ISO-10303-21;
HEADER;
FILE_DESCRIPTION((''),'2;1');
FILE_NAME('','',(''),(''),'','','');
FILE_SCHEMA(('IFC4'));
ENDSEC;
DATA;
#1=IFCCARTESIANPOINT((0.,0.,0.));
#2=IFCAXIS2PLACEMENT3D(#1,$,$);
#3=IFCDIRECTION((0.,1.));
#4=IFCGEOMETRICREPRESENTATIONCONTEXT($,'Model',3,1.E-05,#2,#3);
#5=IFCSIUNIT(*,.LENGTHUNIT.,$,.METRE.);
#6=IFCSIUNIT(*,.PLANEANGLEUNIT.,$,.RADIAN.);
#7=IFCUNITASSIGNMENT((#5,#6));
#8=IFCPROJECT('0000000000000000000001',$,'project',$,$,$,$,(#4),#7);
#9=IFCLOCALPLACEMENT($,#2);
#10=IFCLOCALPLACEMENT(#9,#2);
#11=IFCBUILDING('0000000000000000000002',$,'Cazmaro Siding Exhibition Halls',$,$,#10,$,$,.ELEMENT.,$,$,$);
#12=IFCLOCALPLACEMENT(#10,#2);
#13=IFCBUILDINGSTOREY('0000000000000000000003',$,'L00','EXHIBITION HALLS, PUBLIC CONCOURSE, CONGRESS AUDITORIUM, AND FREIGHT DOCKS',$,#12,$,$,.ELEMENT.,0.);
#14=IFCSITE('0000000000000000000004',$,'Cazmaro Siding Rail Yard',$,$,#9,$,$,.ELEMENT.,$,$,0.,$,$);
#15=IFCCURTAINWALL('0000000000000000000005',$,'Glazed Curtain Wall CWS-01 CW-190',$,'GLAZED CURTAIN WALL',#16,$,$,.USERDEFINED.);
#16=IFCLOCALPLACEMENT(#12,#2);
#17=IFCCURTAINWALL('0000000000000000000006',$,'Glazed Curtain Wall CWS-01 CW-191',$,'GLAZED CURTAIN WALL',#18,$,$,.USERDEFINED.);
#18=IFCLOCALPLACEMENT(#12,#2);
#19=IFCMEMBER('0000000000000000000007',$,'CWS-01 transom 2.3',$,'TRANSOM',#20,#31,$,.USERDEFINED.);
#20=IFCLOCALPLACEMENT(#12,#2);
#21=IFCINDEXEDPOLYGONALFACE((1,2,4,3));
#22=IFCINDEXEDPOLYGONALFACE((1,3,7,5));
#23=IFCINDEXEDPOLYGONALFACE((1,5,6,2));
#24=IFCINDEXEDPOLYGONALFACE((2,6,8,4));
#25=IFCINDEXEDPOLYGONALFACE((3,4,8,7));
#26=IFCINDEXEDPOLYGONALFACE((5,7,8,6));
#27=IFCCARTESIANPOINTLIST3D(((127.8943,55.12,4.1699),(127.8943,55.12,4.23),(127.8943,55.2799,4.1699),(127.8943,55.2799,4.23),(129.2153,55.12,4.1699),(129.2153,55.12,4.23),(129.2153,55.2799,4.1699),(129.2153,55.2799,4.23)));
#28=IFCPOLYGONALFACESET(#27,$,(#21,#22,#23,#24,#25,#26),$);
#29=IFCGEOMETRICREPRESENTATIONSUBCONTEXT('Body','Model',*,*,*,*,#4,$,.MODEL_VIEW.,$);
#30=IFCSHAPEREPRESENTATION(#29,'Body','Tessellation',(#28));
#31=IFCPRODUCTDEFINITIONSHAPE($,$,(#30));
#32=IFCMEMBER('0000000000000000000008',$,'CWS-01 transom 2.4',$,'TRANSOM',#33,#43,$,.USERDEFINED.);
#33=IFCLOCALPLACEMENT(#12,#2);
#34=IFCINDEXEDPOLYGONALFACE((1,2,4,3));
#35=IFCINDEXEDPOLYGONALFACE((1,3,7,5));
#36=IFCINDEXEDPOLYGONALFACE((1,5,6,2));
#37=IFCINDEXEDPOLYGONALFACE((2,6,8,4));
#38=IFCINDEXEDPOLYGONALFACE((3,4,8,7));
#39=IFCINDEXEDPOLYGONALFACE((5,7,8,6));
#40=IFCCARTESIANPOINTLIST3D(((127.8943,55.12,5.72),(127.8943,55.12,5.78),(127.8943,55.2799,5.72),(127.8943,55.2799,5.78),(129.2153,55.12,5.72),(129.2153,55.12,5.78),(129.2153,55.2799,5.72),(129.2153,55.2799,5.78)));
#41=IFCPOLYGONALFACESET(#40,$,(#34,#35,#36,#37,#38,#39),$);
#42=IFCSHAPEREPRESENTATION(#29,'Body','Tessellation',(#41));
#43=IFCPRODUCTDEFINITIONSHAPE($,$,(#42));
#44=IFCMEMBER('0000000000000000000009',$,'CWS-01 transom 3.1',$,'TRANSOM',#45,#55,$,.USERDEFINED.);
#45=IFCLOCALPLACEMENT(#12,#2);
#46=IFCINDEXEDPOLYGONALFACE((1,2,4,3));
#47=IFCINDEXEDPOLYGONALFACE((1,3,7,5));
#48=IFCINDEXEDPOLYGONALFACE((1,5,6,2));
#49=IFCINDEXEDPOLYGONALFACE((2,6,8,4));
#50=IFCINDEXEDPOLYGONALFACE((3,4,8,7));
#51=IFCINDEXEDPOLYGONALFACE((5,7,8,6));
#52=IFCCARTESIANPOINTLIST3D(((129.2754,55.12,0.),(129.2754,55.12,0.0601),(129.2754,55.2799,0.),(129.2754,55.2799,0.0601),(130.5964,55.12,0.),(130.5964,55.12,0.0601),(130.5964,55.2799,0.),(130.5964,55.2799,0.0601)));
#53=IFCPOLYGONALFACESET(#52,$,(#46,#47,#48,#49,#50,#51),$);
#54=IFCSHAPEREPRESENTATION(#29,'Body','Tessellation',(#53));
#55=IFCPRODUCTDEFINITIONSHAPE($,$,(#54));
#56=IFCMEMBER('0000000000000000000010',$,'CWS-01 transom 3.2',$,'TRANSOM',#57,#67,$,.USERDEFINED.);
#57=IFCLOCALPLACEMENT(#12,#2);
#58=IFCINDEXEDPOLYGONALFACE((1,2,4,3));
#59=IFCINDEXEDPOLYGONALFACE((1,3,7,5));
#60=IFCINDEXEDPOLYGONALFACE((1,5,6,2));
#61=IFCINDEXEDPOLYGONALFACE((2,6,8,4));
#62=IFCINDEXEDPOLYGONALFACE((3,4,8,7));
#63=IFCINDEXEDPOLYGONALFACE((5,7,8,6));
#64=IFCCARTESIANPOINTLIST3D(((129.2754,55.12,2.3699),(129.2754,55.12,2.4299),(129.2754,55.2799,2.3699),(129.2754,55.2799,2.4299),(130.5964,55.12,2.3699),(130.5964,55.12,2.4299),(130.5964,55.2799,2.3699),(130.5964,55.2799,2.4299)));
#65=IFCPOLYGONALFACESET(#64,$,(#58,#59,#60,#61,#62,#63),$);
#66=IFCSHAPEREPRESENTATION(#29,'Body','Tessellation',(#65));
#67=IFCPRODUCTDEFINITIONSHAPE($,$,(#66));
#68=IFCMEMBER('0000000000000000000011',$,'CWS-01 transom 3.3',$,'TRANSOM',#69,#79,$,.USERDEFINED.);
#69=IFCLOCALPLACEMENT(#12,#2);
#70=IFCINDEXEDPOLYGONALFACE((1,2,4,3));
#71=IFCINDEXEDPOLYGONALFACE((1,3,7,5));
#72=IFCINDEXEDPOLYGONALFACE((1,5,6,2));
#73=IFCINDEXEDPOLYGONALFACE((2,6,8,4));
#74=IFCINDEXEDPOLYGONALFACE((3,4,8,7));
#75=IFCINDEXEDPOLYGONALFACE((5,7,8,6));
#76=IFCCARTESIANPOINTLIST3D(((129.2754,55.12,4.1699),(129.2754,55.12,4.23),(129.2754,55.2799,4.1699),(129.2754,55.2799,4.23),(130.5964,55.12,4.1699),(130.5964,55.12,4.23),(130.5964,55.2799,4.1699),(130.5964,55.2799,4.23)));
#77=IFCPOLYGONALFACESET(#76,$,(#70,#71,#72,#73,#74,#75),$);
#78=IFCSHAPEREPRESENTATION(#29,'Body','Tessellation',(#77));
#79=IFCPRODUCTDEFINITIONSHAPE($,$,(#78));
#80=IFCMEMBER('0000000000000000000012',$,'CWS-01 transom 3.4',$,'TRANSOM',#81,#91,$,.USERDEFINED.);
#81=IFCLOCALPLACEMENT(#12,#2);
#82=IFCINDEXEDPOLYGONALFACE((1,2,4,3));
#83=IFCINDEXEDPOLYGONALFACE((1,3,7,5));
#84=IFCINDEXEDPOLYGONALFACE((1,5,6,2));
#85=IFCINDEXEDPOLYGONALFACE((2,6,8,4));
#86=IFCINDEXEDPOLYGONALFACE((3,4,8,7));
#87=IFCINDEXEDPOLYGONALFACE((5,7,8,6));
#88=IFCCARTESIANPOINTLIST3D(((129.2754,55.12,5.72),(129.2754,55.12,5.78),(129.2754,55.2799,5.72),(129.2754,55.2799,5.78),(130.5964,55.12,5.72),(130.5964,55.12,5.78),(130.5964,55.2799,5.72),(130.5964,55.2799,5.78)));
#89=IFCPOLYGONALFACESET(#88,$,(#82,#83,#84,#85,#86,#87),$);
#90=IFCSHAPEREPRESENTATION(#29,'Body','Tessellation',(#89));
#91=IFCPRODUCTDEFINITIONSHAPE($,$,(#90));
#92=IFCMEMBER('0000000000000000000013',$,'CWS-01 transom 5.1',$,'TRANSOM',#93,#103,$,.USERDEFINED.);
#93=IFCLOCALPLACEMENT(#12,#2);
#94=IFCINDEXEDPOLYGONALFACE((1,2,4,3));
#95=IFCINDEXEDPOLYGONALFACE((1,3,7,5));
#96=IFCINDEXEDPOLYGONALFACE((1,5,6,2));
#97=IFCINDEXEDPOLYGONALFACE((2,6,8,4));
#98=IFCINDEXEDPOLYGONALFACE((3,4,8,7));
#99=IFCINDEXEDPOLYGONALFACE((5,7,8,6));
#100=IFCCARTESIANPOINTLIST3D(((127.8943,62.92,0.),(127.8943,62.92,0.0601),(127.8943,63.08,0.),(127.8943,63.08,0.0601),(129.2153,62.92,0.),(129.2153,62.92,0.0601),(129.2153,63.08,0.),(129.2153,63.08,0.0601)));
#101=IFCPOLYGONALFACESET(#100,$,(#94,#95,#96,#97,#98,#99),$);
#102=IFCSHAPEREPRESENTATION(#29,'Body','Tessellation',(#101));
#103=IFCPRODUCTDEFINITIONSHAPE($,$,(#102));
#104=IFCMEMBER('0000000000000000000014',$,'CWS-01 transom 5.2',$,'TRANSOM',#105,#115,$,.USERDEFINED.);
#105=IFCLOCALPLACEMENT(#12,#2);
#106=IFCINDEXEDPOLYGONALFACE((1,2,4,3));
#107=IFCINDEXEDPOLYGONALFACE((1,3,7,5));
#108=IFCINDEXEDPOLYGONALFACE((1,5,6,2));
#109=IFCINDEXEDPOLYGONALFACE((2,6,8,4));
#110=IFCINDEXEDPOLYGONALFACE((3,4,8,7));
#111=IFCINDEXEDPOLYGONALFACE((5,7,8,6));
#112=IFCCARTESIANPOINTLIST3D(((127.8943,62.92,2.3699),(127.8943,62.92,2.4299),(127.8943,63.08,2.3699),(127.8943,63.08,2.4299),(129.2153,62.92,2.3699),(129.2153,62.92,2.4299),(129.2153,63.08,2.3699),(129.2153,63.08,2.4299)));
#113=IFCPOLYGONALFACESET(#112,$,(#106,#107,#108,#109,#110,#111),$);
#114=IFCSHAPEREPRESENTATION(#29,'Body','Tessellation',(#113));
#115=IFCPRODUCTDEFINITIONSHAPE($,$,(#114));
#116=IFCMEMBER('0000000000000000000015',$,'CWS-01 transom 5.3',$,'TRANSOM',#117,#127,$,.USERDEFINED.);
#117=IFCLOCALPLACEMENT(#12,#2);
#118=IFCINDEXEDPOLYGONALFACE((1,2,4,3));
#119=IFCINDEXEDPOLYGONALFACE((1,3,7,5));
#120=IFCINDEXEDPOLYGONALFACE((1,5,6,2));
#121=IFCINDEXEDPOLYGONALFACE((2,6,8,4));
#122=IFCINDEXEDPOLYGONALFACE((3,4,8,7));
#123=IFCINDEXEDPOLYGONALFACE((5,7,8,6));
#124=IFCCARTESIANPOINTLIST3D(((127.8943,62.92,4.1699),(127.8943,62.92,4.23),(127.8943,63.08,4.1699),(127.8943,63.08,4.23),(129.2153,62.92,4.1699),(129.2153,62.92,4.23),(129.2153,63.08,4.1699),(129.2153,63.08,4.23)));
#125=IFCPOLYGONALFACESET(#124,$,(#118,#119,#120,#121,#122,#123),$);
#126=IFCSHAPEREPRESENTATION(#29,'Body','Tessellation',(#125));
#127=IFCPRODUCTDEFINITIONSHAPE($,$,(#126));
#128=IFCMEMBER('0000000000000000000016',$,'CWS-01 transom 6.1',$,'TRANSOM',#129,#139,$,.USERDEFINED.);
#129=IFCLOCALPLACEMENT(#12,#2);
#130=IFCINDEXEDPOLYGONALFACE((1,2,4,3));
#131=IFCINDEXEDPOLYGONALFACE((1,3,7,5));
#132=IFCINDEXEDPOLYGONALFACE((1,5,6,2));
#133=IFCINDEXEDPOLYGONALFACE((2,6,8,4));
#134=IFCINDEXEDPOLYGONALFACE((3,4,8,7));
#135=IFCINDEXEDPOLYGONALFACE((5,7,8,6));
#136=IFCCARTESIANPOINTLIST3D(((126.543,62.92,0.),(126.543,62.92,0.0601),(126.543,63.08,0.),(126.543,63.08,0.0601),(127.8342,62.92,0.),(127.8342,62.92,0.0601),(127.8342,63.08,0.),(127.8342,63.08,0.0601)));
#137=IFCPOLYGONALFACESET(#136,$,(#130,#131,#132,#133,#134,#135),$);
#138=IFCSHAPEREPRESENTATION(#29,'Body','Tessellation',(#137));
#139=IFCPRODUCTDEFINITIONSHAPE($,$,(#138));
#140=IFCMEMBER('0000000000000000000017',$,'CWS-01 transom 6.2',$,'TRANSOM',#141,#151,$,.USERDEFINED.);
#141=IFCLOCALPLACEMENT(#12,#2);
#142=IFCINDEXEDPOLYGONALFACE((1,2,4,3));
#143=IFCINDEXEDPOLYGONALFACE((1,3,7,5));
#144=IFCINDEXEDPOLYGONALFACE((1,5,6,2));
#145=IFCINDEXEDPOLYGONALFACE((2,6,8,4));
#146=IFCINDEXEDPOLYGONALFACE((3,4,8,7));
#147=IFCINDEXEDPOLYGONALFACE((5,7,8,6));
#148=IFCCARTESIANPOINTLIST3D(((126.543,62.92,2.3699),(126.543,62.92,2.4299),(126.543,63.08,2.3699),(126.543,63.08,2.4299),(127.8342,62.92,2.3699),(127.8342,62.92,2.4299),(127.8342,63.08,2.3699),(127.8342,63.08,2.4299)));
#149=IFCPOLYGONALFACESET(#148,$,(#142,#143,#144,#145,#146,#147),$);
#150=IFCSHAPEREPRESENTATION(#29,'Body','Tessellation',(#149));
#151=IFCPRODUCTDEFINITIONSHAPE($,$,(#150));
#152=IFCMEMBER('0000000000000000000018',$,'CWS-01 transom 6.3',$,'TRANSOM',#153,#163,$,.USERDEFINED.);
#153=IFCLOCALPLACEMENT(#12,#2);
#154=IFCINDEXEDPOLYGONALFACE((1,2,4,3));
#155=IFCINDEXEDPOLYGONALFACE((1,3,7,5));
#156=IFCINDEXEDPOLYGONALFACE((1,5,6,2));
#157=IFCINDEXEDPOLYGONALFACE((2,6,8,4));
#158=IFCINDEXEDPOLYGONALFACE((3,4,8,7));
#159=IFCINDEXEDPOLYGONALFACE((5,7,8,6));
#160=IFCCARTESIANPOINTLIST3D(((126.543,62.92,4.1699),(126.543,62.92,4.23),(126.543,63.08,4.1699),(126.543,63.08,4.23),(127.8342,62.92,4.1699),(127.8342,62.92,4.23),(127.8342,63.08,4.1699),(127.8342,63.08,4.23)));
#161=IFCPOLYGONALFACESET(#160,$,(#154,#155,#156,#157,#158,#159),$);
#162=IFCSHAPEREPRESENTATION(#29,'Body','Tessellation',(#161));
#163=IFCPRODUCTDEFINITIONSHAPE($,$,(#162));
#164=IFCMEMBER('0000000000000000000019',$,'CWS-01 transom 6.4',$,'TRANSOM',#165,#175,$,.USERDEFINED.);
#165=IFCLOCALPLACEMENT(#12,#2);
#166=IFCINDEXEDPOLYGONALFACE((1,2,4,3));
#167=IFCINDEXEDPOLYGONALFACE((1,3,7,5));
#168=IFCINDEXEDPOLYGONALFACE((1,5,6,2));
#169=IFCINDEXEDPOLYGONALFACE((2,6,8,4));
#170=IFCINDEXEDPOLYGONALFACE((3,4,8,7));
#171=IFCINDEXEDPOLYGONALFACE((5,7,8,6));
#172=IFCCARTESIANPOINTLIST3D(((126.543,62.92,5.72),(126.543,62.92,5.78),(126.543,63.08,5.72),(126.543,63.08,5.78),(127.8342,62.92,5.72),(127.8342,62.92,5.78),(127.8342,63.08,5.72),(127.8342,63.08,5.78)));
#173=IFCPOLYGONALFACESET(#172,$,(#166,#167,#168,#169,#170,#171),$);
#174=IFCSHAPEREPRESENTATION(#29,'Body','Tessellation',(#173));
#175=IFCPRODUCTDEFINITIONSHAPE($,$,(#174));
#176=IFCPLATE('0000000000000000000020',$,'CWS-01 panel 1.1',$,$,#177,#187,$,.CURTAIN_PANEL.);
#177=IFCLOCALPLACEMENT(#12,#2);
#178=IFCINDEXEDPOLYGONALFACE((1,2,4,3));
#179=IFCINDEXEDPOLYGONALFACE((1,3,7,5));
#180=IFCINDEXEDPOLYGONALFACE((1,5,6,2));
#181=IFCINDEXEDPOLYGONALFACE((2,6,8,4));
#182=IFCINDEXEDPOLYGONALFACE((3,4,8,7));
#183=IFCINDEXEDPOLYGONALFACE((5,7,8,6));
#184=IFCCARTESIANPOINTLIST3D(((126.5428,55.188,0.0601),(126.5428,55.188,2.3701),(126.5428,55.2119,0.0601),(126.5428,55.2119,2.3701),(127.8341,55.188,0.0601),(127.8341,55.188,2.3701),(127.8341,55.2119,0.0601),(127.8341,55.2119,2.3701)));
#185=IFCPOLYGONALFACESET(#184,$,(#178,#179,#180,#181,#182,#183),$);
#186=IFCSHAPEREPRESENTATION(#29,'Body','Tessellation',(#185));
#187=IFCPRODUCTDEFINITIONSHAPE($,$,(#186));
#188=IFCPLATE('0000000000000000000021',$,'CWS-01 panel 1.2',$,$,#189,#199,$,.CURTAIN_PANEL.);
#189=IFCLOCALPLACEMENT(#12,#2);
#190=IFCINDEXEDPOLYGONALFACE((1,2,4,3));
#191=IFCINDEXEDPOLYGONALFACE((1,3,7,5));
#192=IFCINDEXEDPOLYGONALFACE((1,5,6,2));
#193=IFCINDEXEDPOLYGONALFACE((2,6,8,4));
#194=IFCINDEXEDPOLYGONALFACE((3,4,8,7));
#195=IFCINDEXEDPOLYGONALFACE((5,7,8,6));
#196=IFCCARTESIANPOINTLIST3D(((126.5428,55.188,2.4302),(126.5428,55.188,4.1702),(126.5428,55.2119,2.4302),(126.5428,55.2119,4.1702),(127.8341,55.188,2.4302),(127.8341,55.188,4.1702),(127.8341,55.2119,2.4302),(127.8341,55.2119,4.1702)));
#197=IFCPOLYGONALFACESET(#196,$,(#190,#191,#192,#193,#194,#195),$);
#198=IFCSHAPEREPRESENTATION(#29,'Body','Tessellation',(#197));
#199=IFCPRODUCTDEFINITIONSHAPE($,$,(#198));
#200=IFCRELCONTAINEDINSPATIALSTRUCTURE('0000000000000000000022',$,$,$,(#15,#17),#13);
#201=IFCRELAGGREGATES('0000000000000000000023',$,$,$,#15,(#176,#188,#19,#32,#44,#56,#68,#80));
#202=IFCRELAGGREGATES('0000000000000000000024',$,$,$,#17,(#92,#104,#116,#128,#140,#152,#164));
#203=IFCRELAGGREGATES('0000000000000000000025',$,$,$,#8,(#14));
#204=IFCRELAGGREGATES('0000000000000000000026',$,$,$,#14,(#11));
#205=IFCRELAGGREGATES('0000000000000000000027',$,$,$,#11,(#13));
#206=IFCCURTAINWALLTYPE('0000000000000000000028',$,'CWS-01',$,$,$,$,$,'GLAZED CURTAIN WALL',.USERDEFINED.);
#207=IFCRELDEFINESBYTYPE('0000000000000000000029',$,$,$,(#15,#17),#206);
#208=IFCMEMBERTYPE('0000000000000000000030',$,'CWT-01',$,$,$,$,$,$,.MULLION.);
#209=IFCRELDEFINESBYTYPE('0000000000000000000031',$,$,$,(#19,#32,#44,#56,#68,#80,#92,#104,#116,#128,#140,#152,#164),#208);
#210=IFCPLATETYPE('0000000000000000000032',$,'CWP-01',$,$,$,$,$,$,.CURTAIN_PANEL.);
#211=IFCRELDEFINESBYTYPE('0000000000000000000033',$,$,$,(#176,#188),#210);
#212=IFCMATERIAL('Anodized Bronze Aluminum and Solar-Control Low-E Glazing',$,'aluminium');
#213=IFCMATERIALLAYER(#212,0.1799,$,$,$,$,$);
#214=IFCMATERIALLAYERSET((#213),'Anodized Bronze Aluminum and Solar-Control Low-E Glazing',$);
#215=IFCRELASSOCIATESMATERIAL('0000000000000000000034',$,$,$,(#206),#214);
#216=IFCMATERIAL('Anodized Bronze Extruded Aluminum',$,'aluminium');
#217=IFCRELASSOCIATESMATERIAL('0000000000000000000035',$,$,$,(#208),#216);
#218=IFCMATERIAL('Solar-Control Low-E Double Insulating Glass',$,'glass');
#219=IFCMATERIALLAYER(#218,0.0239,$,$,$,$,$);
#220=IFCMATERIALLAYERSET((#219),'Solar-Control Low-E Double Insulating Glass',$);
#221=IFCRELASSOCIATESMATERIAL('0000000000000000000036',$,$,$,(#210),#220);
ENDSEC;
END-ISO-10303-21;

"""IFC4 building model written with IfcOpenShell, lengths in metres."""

from ifc_helpers import new_model, si_unit, direction, frame, origin, origin_2d, place, context, subcontext, project, spatial, rectangle, extrude, material, layer, layer_set, material_profile, profile_set, type_object, element, aggregate, save


model = new_model("IFC4")

# Units and contexts
model_context = context("Model", 3, precision=1e-05, world=origin(), true_north=direction((0.0, 1.0)))
body_context = subcontext(model_context, "Body", "Model", "MODEL_VIEW")
ifc_project = project(units=[si_unit("LENGTHUNIT", "METRE"), si_unit("PLANEANGLEUNIT", "RADIAN")], contexts=[model_context])

# Site, building, storey
site_placement = place(None, origin())
site = spatial("IfcSite", under=ifc_project, at=site_placement, Name="Cazmaro Siding Rail Yard", CompositionType="ELEMENT", RefElevation=0.0)
building_placement = place(site_placement, origin())
building = spatial("IfcBuilding", under=site, at=building_placement, Name="Cazmaro Siding Exhibition Halls", CompositionType="ELEMENT")
storey_placement = place(building_placement, origin())
storey = spatial("IfcBuildingStorey", under=building, at=storey_placement, Name="L00", Description="EXHIBITION HALLS, PUBLIC CONCOURSE, CONGRESS AUDITORIUM, AND FREIGHT DOCKS", CompositionType="ELEMENT", Elevation=0.0)

# Curtain walls
ifc_material_1 = material(Name="Anodized Bronze Aluminum and Solar-Control Low-E Glazing", Category="aluminium")
ifc_layer_1 = layer(ifc_material_1, 0.1799)
ifc_layer_set_1 = layer_set([ifc_layer_1], Name="Anodized Bronze Aluminum and Solar-Control Low-E Glazing")
curtain_wall_type = type_object("IfcCurtainWallType", Name="CWS-01", ElementType="GLAZED CURTAIN WALL", PredefinedType="USERDEFINED", material=ifc_layer_set_1)
curtain_wall_1_placement = place(storey_placement, origin())
curtain_wall_1 = element("IfcCurtainWall", 1, at=curtain_wall_1_placement, inside=storey, type_object=curtain_wall_type, Name="Glazed Curtain Wall CWS-01 CW-190", ObjectType="GLAZED CURTAIN WALL", PredefinedType="USERDEFINED")
curtain_wall_2_placement = place(storey_placement, origin())
curtain_wall_2 = element("IfcCurtainWall", 2, at=curtain_wall_2_placement, inside=storey, type_object=curtain_wall_type, Name="Glazed Curtain Wall CWS-01 CW-191", ObjectType="GLAZED CURTAIN WALL", PredefinedType="USERDEFINED")

# Members
ifc_material_2 = material(Name="Anodized Bronze Extruded Aluminum", Category="aluminium")
ifc_material_profile_1 = material_profile(ifc_material_2, rectangle(XDim=0.1599, YDim=0.0601, at=origin_2d()), Name="CWT-01")
ifc_profile_set_1 = profile_set([ifc_material_profile_1], Name="Anodized Bronze Extruded Aluminum")
member_type_1 = type_object("IfcMemberType", Name="CWT-01", PredefinedType="MULLION", material=ifc_profile_set_1)
member_1_placement = place(storey_placement, frame((127.8943, 55.2, 4.2), z_axis=(1.0, 0.0, 0.0), x_axis=(0.0, 1.0, 0.0)))
member_1 = element("IfcMember", 3, at=member_1_placement, type_object=member_type_1, Name="CWS-01 transom 2.3", ObjectType="TRANSOM", PredefinedType="USERDEFINED", context=body_context, shape_type="SweptSolid", body=[
    extrude(rectangle(XDim=0.1599, YDim=0.0601, at=origin_2d()), origin(), (0.0, 0.0, 1.0), 1.321),
])
member_2_placement = place(storey_placement, frame((127.8943, 55.2, 5.75), z_axis=(1.0, 0.0, 0.0), x_axis=(0.0, 1.0, 0.0)))
member_2 = element("IfcMember", 4, at=member_2_placement, type_object=member_type_1, Name="CWS-01 transom 2.4", ObjectType="TRANSOM", PredefinedType="USERDEFINED", context=body_context, shape_type="SweptSolid", body=[
    extrude(rectangle(XDim=0.1599, YDim=0.0601, at=origin_2d()), origin(), (0.0, 0.0, 1.0), 1.321),
])
member_3_placement = place(storey_placement, frame((129.2754, 55.2, 0.03), z_axis=(1.0, 0.0, 0.0), x_axis=(0.0, 1.0, 0.0)))
member_3 = element("IfcMember", 5, at=member_3_placement, type_object=member_type_1, Name="CWS-01 transom 3.1", ObjectType="TRANSOM", PredefinedType="USERDEFINED", context=body_context, shape_type="SweptSolid", body=[
    extrude(rectangle(XDim=0.1599, YDim=0.0601, at=origin_2d()), origin(), (0.0, 0.0, 1.0), 1.321),
])
member_4_placement = place(storey_placement, frame((129.2754, 55.2, 2.3999), z_axis=(1.0, 0.0, 0.0), x_axis=(0.0, 1.0, 0.0)))
member_4 = element("IfcMember", 6, at=member_4_placement, type_object=member_type_1, Name="CWS-01 transom 3.2", ObjectType="TRANSOM", PredefinedType="USERDEFINED", context=body_context, shape_type="SweptSolid", body=[
    extrude(rectangle(XDim=0.1599, YDim=0.0601, at=origin_2d()), origin(), (0.0, 0.0, 1.0), 1.321),
])
member_5_placement = place(storey_placement, frame((129.2754, 55.2, 4.2), z_axis=(1.0, 0.0, 0.0), x_axis=(0.0, 1.0, 0.0)))
member_5 = element("IfcMember", 7, at=member_5_placement, type_object=member_type_1, Name="CWS-01 transom 3.3", ObjectType="TRANSOM", PredefinedType="USERDEFINED", context=body_context, shape_type="SweptSolid", body=[
    extrude(rectangle(XDim=0.1599, YDim=0.0601, at=origin_2d()), origin(), (0.0, 0.0, 1.0), 1.321),
])
member_6_placement = place(storey_placement, frame((129.2754, 55.2, 5.75), z_axis=(1.0, 0.0, 0.0), x_axis=(0.0, 1.0, 0.0)))
member_6 = element("IfcMember", 8, at=member_6_placement, type_object=member_type_1, Name="CWS-01 transom 3.4", ObjectType="TRANSOM", PredefinedType="USERDEFINED", context=body_context, shape_type="SweptSolid", body=[
    extrude(rectangle(XDim=0.1599, YDim=0.0601, at=origin_2d()), origin(), (0.0, 0.0, 1.0), 1.321),
])
member_7_placement = place(storey_placement, frame((129.2153, 63.0, 0.03), z_axis=(-1.0, 0.0, 0.0), x_axis=(0.0, -1.0, 0.0)))
member_7 = element("IfcMember", 9, at=member_7_placement, type_object=member_type_1, Name="CWS-01 transom 5.1", ObjectType="TRANSOM", PredefinedType="USERDEFINED", context=body_context, shape_type="SweptSolid", body=[
    extrude(rectangle(XDim=0.1599, YDim=0.0601, at=origin_2d()), origin(), (0.0, 0.0, 1.0), 1.321),
])
member_8_placement = place(storey_placement, frame((129.2153, 63.0, 2.3999), z_axis=(-1.0, 0.0, 0.0), x_axis=(0.0, -1.0, 0.0)))
member_8 = element("IfcMember", 10, at=member_8_placement, type_object=member_type_1, Name="CWS-01 transom 5.2", ObjectType="TRANSOM", PredefinedType="USERDEFINED", context=body_context, shape_type="SweptSolid", body=[
    extrude(rectangle(XDim=0.1599, YDim=0.0601, at=origin_2d()), origin(), (0.0, 0.0, 1.0), 1.321),
])
member_9_placement = place(storey_placement, frame((129.2153, 63.0, 4.2), z_axis=(-1.0, 0.0, 0.0), x_axis=(0.0, -1.0, 0.0)))
member_9 = element("IfcMember", 11, at=member_9_placement, type_object=member_type_1, Name="CWS-01 transom 5.3", ObjectType="TRANSOM", PredefinedType="USERDEFINED", context=body_context, shape_type="SweptSolid", body=[
    extrude(rectangle(XDim=0.1599, YDim=0.0601, at=origin_2d()), origin(), (0.0, 0.0, 1.0), 1.321),
])
member_10_placement = place(storey_placement, frame((127.8342, 63.0, 0.03), z_axis=(-1.0, 0.0, 0.0), x_axis=(0.0, -1.0, 0.0)))
member_10 = element("IfcMember", 12, at=member_10_placement, type_object=member_type_1, Name="CWS-01 transom 6.1", ObjectType="TRANSOM", PredefinedType="USERDEFINED", context=body_context, shape_type="SweptSolid", body=[
    extrude(rectangle(XDim=0.1599, YDim=0.0601, at=origin_2d()), origin(), (0.0, 0.0, 1.0), 1.2913),
])
member_11_placement = place(storey_placement, frame((127.8342, 63.0, 2.3999), z_axis=(-1.0, 0.0, 0.0), x_axis=(0.0, -1.0, 0.0)))
member_11 = element("IfcMember", 13, at=member_11_placement, type_object=member_type_1, Name="CWS-01 transom 6.2", ObjectType="TRANSOM", PredefinedType="USERDEFINED", context=body_context, shape_type="SweptSolid", body=[
    extrude(rectangle(XDim=0.1599, YDim=0.0601, at=origin_2d()), origin(), (0.0, 0.0, 1.0), 1.2913),
])
member_12_placement = place(storey_placement, frame((127.8342, 63.0, 4.2), z_axis=(-1.0, 0.0, 0.0), x_axis=(0.0, -1.0, 0.0)))
member_12 = element("IfcMember", 14, at=member_12_placement, type_object=member_type_1, Name="CWS-01 transom 6.3", ObjectType="TRANSOM", PredefinedType="USERDEFINED", context=body_context, shape_type="SweptSolid", body=[
    extrude(rectangle(XDim=0.1599, YDim=0.0601, at=origin_2d()), origin(), (0.0, 0.0, 1.0), 1.2913),
])
member_13_placement = place(storey_placement, frame((127.8342, 63.0, 5.75), z_axis=(-1.0, 0.0, 0.0), x_axis=(0.0, -1.0, 0.0)))
member_13 = element("IfcMember", 15, at=member_13_placement, type_object=member_type_1, Name="CWS-01 transom 6.4", ObjectType="TRANSOM", PredefinedType="USERDEFINED", context=body_context, shape_type="SweptSolid", body=[
    extrude(rectangle(XDim=0.1599, YDim=0.0601, at=origin_2d()), origin(), (0.0, 0.0, 1.0), 1.2913),
])

# Plates
ifc_material_3 = material(Name="Solar-Control Low-E Double Insulating Glass", Category="glass")
ifc_layer_2 = layer(ifc_material_3, 0.0239)
ifc_layer_set_2 = layer_set([ifc_layer_2], Name="Solar-Control Low-E Double Insulating Glass")
plate_type = type_object("IfcPlateType", Name="CWP-01", PredefinedType="CURTAIN_PANEL", material=ifc_layer_set_2)
plate_1_placement = place(storey_placement, frame((127.1885, 55.2, 0.0601), z_axis=(0.0, 0.0, 1.0), x_axis=(1.0, 0.0, 0.0)))
plate_1 = element("IfcPlate", 16, at=plate_1_placement, type_object=plate_type, Name="CWS-01 panel 1.1", PredefinedType="CURTAIN_PANEL", context=body_context, shape_type="SweptSolid", body=[
    extrude(rectangle(XDim=1.2913, YDim=0.0239, at=origin_2d()), origin(), (0.0, 0.0, 1.0), 2.3101),
])
plate_2_placement = place(storey_placement, frame((127.1885, 55.2, 2.4302), z_axis=(0.0, 0.0, 1.0), x_axis=(1.0, 0.0, 0.0)))
plate_2 = element("IfcPlate", 17, at=plate_2_placement, type_object=plate_type, Name="CWS-01 panel 1.2", PredefinedType="CURTAIN_PANEL", context=body_context, shape_type="SweptSolid", body=[
    extrude(rectangle(XDim=1.2913, YDim=0.0239, at=origin_2d()), origin(), (0.0, 0.0, 1.0), 1.74),
])
aggregate(curtain_wall_1, [plate_1, plate_2, member_1, member_2, member_3, member_4, member_5, member_6])
aggregate(curtain_wall_2, [member_7, member_8, member_9, member_10, member_11, member_12, member_13])

save(model, "model.ifc")
